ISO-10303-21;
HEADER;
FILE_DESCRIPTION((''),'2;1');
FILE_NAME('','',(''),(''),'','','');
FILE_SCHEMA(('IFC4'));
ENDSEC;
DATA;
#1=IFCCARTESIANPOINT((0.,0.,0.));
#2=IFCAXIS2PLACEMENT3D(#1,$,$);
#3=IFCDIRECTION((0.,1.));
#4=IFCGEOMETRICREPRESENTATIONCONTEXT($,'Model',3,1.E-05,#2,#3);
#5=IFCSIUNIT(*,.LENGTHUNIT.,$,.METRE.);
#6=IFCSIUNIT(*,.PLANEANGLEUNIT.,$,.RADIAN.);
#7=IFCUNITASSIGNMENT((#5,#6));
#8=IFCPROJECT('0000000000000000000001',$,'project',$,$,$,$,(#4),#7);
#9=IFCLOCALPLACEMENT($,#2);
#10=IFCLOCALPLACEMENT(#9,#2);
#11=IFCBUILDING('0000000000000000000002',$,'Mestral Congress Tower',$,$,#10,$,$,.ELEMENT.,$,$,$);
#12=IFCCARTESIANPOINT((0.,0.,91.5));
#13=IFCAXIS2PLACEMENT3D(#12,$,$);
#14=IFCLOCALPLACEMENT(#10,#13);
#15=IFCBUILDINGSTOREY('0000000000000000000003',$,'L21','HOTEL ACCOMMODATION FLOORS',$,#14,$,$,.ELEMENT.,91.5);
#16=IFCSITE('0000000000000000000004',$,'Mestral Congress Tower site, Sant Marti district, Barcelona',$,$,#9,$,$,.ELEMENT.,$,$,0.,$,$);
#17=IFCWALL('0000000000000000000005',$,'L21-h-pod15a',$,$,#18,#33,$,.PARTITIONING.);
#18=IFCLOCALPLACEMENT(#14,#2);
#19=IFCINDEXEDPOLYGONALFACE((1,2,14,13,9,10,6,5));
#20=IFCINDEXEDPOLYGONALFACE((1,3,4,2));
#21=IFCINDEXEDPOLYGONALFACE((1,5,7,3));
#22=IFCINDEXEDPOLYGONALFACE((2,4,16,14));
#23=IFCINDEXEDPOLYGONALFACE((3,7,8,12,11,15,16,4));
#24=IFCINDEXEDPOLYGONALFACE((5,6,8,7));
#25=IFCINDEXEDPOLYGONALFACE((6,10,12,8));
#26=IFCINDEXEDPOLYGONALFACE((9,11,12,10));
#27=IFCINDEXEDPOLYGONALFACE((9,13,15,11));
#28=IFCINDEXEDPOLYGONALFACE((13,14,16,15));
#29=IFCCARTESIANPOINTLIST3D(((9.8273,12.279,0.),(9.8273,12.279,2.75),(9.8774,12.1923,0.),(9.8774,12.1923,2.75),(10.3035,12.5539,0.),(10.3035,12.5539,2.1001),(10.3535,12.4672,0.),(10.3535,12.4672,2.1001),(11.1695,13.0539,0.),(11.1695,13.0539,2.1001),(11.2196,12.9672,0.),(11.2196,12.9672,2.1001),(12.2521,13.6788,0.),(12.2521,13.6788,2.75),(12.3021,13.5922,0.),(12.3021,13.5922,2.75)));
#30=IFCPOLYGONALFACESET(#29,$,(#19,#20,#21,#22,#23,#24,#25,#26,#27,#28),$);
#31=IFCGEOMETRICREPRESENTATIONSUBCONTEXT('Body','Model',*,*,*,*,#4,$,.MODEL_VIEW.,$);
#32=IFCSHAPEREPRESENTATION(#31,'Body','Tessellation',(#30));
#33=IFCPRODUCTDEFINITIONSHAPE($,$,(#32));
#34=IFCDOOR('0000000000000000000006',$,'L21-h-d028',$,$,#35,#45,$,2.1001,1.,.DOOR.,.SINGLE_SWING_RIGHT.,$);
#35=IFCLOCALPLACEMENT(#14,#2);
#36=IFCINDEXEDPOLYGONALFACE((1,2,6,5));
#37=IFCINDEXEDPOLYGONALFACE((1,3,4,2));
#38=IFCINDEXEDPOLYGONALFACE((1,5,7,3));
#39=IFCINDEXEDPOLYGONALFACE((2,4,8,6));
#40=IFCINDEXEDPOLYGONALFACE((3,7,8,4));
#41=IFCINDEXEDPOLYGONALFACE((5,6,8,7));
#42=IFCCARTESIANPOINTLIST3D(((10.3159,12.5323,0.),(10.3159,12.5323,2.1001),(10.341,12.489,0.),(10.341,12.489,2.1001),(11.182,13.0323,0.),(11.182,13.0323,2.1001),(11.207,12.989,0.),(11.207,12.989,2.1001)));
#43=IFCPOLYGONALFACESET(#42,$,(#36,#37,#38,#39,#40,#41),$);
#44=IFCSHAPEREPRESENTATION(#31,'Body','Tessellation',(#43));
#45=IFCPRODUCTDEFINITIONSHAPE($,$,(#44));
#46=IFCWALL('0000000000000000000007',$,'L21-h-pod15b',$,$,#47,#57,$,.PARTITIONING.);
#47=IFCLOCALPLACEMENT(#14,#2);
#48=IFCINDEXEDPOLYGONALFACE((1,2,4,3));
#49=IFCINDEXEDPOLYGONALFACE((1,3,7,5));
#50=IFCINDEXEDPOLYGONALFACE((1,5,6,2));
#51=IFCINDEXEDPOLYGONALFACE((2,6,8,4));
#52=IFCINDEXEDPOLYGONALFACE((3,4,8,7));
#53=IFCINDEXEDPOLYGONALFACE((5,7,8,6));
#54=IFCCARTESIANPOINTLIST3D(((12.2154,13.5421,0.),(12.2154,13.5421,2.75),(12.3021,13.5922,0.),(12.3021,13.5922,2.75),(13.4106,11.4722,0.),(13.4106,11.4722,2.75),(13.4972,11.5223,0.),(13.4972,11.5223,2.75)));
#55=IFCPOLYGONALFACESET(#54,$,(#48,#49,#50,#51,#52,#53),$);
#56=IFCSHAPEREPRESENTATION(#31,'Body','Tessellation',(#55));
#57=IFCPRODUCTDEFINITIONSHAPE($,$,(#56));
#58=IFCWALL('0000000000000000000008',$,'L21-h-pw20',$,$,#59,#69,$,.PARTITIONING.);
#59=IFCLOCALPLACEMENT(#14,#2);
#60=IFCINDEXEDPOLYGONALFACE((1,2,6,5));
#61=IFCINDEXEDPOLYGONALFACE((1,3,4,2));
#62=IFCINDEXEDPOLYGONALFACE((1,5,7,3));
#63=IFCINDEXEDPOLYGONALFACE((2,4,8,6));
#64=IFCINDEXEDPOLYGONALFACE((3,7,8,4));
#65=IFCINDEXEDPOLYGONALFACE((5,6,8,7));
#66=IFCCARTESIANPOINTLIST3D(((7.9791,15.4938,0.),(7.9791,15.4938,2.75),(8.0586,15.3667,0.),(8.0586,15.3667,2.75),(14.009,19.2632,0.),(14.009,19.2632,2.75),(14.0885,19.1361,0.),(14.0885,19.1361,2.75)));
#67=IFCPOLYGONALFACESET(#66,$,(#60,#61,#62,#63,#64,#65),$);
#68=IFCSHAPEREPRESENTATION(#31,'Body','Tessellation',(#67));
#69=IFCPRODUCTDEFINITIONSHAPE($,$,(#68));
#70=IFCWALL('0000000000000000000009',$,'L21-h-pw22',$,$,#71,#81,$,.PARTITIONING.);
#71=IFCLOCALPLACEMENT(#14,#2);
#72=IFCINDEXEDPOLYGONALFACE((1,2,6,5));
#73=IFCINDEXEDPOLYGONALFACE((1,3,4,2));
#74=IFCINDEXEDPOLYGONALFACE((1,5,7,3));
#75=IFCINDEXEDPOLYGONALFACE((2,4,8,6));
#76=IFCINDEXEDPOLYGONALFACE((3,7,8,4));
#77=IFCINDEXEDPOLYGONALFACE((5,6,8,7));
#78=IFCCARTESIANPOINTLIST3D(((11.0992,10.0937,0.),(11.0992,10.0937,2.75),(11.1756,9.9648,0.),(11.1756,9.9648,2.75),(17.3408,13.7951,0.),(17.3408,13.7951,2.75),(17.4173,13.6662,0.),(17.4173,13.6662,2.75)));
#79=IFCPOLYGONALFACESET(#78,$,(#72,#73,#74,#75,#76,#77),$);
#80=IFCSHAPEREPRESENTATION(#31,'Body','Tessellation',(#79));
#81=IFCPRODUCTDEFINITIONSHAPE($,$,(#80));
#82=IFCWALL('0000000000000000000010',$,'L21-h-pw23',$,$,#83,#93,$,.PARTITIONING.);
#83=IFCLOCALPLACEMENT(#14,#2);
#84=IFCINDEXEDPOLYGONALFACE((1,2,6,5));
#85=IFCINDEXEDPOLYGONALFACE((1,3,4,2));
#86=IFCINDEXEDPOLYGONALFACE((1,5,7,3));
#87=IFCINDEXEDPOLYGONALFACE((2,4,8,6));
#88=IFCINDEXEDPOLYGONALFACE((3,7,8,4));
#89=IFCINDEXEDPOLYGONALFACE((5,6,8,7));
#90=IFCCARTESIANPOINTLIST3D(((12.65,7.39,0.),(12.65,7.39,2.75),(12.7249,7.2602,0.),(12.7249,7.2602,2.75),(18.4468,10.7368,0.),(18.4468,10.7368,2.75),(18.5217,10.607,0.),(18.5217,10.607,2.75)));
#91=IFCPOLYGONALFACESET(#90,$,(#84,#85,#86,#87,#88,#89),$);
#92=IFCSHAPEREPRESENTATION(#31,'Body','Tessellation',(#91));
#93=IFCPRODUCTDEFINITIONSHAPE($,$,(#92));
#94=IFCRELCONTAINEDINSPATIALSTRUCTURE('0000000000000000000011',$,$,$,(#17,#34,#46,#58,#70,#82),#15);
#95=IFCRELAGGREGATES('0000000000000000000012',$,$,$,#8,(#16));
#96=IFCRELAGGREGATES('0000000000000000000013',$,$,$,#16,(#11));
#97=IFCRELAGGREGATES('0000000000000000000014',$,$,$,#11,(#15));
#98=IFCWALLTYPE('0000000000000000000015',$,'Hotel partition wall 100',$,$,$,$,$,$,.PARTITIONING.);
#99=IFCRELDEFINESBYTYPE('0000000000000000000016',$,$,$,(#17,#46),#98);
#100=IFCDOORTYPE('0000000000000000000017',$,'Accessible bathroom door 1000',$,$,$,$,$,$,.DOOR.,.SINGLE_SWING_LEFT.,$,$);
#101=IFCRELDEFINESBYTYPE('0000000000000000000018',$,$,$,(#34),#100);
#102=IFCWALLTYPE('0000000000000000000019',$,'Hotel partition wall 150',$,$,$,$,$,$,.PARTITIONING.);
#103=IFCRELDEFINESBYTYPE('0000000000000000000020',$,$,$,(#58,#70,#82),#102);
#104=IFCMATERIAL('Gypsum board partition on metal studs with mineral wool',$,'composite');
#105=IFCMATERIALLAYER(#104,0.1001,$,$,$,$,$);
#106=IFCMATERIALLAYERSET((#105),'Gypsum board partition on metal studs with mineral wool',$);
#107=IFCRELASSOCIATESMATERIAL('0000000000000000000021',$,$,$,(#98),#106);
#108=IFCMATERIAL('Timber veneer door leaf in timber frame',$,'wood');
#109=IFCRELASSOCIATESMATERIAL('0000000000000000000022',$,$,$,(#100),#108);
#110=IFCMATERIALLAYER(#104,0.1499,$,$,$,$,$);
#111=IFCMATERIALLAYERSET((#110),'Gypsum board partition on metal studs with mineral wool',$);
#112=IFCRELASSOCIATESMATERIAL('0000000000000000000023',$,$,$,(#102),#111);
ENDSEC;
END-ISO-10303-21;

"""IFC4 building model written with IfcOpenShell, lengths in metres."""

from ifc_helpers import new_model, si_unit, direction, frame, frame_2d, origin, place, context, subcontext, project, spatial, rectangle, extrude, material, layer, layer_set, type_object, element, fill, save


model = new_model("IFC4")

# Units and contexts
model_context = context("Model", 3, precision=1e-05, world=origin(), true_north=direction((0.0, 1.0)))
body_context = subcontext(model_context, "Body", "Model", "MODEL_VIEW")
ifc_project = project(units=[si_unit("LENGTHUNIT", "METRE"), si_unit("PLANEANGLEUNIT", "RADIAN")], contexts=[model_context])

# Site, building, storey
site_placement = place(None, origin())
site = spatial("IfcSite", under=ifc_project, at=site_placement, Name="Mestral Congress Tower site, Sant Marti district, Barcelona", CompositionType="ELEMENT", RefElevation=0.0)
building_placement = place(site_placement, origin())
building = spatial("IfcBuilding", under=site, at=building_placement, Name="Mestral Congress Tower", CompositionType="ELEMENT")
storey_placement = place(building_placement, frame((0.0, 0.0, 91.5)))
storey = spatial("IfcBuildingStorey", under=building, at=storey_placement, Name="L21", Description="HOTEL ACCOMMODATION FLOORS", CompositionType="ELEMENT", Elevation=91.5)

# Wall, opening, door
ifc_material_1 = material(Name="Gypsum board partition on metal studs with mineral wool", Category="composite")
ifc_layer_1 = layer(ifc_material_1, 0.1001)
ifc_layer_set_1 = layer_set([ifc_layer_1], Name="Gypsum board partition on metal studs with mineral wool")
wall_type_1 = type_object("IfcWallType", Name="Hotel partition wall 100", PredefinedType="PARTITIONING", material=ifc_layer_set_1)
wall_1_placement = place(storey_placement, frame((12.2771, 13.6355, 0.0), z_axis=(0.0, 0.0, 1.0), x_axis=(-0.866035, -0.499984, 0.0)))
wall_1 = element("IfcWall", 1, at=wall_1_placement, inside=storey, type_object=wall_type_1, Name="L21-h-pod15a", PredefinedType="PARTITIONING", context=body_context, shape_type="SweptSolid", body=[
    extrude(rectangle(XDim=2.7998, YDim=0.1001, at=frame_2d((1.3999, 0.0))), origin(), (0.0, 0.0, 1.0), 2.75),
])
opening_1_placement = place(wall_1_placement, frame((1.25, 0.0, 0.0)))
opening_1 = element("IfcOpeningElement", 2, at=opening_1_placement, cuts=wall_1, PredefinedType="OPENING", context=body_context, shape_type="SweptSolid", body=[
    extrude(rectangle(XDim=1.0, YDim=2.1001, at=frame_2d((0.5, 1.05))), frame((0.0, 0.0601, 0.0), z_axis=(0.0, -1.0, 0.0), x_axis=(1.0, 0.0, 0.0)), (0.0, 0.0, 1.0), 0.1201),
])
ifc_material_2 = material(Name="Timber veneer door leaf in timber frame", Category="wood")
door_type = type_object("IfcDoorType", Name="Accessible bathroom door 1000", OperationType="SINGLE_SWING_LEFT", PredefinedType="DOOR", material=ifc_material_2)
door_placement = place(opening_1_placement, origin())
door = element("IfcDoor", 3, at=door_placement, inside=storey, type_object=door_type, Name="L21-h-d028", OperationType="SINGLE_SWING_RIGHT", OverallHeight=2.1001, OverallWidth=1.0, PredefinedType="DOOR", context=body_context, shape_type="SweptSolid", body=[
    extrude(rectangle(XDim=1.0, YDim=2.1001, at=frame_2d((0.5, 1.05))), frame((0.0, 0.0249, 0.0), z_axis=(0.0, -1.0, 0.0), x_axis=(1.0, 0.0, 0.0)), (0.0, 0.0, 1.0), 0.05),
])
fill(opening_1, door)

# Walls
wall_2_placement = place(storey_placement, frame((12.2588, 13.5671, 0.0), z_axis=(0.0, 0.0, 1.0), x_axis=(0.500017, -0.866015, 0.0)))
element("IfcWall", 4, at=wall_2_placement, inside=storey, type_object=wall_type_1, Name="L21-h-pod15b", PredefinedType="PARTITIONING", context=body_context, shape_type="SweptSolid", body=[
    extrude(rectangle(XDim=2.3901, YDim=0.1001, at=frame_2d((1.1951, 0.0))), origin(), (0.0, 0.0, 1.0), 2.75),
])
ifc_layer_2 = layer(ifc_material_1, 0.1499)
ifc_layer_set_2 = layer_set([ifc_layer_2], Name="Gypsum board partition on metal studs with mineral wool")
wall_type_2 = type_object("IfcWallType", Name="Hotel partition wall 150", PredefinedType="PARTITIONING", material=ifc_layer_set_2)
wall_3_placement = place(storey_placement, frame((14.0488, 19.1997, 0.0), z_axis=(0.0, 0.0, 1.0), x_axis=(-0.847956, -0.530067, 0.0)))
element("IfcWall", 5, at=wall_3_placement, inside=storey, type_object=wall_type_2, Name="L21-h-pw20", PredefinedType="PARTITIONING", context=body_context, shape_type="SweptSolid", body=[
    extrude(rectangle(XDim=7.1111, YDim=0.1499, at=frame_2d((3.5557, 0.0))), origin(), (0.0, 0.0, 1.0), 2.75),
])
wall_4_placement = place(storey_placement, frame((17.3792, 13.7307, 0.0), z_axis=(0.0, 0.0, 1.0), x_axis=(-0.860132, -0.510071, 0.0)))
element("IfcWall", 6, at=wall_4_placement, inside=storey, type_object=wall_type_2, Name="L21-h-pw22", PredefinedType="PARTITIONING", context=body_context, shape_type="SweptSolid", body=[
    extrude(rectangle(XDim=7.2566, YDim=0.1499, at=frame_2d((3.6284, 0.0))), origin(), (0.0, 0.0, 1.0), 2.75),
])
wall_5_placement = place(storey_placement, frame((18.4841, 10.6719, 0.0), z_axis=(0.0, 0.0, 1.0), x_axis=(-0.866019, -0.500011, 0.0)))
element("IfcWall", 7, at=wall_5_placement, inside=storey, type_object=wall_type_2, Name="L21-h-pw23", PredefinedType="PARTITIONING", context=body_context, shape_type="SweptSolid", body=[
    extrude(rectangle(XDim=6.6936, YDim=0.1499, at=frame_2d((3.3467, 0.0))), origin(), (0.0, 0.0, 1.0), 2.75),
])

save(model, "model.ifc")
